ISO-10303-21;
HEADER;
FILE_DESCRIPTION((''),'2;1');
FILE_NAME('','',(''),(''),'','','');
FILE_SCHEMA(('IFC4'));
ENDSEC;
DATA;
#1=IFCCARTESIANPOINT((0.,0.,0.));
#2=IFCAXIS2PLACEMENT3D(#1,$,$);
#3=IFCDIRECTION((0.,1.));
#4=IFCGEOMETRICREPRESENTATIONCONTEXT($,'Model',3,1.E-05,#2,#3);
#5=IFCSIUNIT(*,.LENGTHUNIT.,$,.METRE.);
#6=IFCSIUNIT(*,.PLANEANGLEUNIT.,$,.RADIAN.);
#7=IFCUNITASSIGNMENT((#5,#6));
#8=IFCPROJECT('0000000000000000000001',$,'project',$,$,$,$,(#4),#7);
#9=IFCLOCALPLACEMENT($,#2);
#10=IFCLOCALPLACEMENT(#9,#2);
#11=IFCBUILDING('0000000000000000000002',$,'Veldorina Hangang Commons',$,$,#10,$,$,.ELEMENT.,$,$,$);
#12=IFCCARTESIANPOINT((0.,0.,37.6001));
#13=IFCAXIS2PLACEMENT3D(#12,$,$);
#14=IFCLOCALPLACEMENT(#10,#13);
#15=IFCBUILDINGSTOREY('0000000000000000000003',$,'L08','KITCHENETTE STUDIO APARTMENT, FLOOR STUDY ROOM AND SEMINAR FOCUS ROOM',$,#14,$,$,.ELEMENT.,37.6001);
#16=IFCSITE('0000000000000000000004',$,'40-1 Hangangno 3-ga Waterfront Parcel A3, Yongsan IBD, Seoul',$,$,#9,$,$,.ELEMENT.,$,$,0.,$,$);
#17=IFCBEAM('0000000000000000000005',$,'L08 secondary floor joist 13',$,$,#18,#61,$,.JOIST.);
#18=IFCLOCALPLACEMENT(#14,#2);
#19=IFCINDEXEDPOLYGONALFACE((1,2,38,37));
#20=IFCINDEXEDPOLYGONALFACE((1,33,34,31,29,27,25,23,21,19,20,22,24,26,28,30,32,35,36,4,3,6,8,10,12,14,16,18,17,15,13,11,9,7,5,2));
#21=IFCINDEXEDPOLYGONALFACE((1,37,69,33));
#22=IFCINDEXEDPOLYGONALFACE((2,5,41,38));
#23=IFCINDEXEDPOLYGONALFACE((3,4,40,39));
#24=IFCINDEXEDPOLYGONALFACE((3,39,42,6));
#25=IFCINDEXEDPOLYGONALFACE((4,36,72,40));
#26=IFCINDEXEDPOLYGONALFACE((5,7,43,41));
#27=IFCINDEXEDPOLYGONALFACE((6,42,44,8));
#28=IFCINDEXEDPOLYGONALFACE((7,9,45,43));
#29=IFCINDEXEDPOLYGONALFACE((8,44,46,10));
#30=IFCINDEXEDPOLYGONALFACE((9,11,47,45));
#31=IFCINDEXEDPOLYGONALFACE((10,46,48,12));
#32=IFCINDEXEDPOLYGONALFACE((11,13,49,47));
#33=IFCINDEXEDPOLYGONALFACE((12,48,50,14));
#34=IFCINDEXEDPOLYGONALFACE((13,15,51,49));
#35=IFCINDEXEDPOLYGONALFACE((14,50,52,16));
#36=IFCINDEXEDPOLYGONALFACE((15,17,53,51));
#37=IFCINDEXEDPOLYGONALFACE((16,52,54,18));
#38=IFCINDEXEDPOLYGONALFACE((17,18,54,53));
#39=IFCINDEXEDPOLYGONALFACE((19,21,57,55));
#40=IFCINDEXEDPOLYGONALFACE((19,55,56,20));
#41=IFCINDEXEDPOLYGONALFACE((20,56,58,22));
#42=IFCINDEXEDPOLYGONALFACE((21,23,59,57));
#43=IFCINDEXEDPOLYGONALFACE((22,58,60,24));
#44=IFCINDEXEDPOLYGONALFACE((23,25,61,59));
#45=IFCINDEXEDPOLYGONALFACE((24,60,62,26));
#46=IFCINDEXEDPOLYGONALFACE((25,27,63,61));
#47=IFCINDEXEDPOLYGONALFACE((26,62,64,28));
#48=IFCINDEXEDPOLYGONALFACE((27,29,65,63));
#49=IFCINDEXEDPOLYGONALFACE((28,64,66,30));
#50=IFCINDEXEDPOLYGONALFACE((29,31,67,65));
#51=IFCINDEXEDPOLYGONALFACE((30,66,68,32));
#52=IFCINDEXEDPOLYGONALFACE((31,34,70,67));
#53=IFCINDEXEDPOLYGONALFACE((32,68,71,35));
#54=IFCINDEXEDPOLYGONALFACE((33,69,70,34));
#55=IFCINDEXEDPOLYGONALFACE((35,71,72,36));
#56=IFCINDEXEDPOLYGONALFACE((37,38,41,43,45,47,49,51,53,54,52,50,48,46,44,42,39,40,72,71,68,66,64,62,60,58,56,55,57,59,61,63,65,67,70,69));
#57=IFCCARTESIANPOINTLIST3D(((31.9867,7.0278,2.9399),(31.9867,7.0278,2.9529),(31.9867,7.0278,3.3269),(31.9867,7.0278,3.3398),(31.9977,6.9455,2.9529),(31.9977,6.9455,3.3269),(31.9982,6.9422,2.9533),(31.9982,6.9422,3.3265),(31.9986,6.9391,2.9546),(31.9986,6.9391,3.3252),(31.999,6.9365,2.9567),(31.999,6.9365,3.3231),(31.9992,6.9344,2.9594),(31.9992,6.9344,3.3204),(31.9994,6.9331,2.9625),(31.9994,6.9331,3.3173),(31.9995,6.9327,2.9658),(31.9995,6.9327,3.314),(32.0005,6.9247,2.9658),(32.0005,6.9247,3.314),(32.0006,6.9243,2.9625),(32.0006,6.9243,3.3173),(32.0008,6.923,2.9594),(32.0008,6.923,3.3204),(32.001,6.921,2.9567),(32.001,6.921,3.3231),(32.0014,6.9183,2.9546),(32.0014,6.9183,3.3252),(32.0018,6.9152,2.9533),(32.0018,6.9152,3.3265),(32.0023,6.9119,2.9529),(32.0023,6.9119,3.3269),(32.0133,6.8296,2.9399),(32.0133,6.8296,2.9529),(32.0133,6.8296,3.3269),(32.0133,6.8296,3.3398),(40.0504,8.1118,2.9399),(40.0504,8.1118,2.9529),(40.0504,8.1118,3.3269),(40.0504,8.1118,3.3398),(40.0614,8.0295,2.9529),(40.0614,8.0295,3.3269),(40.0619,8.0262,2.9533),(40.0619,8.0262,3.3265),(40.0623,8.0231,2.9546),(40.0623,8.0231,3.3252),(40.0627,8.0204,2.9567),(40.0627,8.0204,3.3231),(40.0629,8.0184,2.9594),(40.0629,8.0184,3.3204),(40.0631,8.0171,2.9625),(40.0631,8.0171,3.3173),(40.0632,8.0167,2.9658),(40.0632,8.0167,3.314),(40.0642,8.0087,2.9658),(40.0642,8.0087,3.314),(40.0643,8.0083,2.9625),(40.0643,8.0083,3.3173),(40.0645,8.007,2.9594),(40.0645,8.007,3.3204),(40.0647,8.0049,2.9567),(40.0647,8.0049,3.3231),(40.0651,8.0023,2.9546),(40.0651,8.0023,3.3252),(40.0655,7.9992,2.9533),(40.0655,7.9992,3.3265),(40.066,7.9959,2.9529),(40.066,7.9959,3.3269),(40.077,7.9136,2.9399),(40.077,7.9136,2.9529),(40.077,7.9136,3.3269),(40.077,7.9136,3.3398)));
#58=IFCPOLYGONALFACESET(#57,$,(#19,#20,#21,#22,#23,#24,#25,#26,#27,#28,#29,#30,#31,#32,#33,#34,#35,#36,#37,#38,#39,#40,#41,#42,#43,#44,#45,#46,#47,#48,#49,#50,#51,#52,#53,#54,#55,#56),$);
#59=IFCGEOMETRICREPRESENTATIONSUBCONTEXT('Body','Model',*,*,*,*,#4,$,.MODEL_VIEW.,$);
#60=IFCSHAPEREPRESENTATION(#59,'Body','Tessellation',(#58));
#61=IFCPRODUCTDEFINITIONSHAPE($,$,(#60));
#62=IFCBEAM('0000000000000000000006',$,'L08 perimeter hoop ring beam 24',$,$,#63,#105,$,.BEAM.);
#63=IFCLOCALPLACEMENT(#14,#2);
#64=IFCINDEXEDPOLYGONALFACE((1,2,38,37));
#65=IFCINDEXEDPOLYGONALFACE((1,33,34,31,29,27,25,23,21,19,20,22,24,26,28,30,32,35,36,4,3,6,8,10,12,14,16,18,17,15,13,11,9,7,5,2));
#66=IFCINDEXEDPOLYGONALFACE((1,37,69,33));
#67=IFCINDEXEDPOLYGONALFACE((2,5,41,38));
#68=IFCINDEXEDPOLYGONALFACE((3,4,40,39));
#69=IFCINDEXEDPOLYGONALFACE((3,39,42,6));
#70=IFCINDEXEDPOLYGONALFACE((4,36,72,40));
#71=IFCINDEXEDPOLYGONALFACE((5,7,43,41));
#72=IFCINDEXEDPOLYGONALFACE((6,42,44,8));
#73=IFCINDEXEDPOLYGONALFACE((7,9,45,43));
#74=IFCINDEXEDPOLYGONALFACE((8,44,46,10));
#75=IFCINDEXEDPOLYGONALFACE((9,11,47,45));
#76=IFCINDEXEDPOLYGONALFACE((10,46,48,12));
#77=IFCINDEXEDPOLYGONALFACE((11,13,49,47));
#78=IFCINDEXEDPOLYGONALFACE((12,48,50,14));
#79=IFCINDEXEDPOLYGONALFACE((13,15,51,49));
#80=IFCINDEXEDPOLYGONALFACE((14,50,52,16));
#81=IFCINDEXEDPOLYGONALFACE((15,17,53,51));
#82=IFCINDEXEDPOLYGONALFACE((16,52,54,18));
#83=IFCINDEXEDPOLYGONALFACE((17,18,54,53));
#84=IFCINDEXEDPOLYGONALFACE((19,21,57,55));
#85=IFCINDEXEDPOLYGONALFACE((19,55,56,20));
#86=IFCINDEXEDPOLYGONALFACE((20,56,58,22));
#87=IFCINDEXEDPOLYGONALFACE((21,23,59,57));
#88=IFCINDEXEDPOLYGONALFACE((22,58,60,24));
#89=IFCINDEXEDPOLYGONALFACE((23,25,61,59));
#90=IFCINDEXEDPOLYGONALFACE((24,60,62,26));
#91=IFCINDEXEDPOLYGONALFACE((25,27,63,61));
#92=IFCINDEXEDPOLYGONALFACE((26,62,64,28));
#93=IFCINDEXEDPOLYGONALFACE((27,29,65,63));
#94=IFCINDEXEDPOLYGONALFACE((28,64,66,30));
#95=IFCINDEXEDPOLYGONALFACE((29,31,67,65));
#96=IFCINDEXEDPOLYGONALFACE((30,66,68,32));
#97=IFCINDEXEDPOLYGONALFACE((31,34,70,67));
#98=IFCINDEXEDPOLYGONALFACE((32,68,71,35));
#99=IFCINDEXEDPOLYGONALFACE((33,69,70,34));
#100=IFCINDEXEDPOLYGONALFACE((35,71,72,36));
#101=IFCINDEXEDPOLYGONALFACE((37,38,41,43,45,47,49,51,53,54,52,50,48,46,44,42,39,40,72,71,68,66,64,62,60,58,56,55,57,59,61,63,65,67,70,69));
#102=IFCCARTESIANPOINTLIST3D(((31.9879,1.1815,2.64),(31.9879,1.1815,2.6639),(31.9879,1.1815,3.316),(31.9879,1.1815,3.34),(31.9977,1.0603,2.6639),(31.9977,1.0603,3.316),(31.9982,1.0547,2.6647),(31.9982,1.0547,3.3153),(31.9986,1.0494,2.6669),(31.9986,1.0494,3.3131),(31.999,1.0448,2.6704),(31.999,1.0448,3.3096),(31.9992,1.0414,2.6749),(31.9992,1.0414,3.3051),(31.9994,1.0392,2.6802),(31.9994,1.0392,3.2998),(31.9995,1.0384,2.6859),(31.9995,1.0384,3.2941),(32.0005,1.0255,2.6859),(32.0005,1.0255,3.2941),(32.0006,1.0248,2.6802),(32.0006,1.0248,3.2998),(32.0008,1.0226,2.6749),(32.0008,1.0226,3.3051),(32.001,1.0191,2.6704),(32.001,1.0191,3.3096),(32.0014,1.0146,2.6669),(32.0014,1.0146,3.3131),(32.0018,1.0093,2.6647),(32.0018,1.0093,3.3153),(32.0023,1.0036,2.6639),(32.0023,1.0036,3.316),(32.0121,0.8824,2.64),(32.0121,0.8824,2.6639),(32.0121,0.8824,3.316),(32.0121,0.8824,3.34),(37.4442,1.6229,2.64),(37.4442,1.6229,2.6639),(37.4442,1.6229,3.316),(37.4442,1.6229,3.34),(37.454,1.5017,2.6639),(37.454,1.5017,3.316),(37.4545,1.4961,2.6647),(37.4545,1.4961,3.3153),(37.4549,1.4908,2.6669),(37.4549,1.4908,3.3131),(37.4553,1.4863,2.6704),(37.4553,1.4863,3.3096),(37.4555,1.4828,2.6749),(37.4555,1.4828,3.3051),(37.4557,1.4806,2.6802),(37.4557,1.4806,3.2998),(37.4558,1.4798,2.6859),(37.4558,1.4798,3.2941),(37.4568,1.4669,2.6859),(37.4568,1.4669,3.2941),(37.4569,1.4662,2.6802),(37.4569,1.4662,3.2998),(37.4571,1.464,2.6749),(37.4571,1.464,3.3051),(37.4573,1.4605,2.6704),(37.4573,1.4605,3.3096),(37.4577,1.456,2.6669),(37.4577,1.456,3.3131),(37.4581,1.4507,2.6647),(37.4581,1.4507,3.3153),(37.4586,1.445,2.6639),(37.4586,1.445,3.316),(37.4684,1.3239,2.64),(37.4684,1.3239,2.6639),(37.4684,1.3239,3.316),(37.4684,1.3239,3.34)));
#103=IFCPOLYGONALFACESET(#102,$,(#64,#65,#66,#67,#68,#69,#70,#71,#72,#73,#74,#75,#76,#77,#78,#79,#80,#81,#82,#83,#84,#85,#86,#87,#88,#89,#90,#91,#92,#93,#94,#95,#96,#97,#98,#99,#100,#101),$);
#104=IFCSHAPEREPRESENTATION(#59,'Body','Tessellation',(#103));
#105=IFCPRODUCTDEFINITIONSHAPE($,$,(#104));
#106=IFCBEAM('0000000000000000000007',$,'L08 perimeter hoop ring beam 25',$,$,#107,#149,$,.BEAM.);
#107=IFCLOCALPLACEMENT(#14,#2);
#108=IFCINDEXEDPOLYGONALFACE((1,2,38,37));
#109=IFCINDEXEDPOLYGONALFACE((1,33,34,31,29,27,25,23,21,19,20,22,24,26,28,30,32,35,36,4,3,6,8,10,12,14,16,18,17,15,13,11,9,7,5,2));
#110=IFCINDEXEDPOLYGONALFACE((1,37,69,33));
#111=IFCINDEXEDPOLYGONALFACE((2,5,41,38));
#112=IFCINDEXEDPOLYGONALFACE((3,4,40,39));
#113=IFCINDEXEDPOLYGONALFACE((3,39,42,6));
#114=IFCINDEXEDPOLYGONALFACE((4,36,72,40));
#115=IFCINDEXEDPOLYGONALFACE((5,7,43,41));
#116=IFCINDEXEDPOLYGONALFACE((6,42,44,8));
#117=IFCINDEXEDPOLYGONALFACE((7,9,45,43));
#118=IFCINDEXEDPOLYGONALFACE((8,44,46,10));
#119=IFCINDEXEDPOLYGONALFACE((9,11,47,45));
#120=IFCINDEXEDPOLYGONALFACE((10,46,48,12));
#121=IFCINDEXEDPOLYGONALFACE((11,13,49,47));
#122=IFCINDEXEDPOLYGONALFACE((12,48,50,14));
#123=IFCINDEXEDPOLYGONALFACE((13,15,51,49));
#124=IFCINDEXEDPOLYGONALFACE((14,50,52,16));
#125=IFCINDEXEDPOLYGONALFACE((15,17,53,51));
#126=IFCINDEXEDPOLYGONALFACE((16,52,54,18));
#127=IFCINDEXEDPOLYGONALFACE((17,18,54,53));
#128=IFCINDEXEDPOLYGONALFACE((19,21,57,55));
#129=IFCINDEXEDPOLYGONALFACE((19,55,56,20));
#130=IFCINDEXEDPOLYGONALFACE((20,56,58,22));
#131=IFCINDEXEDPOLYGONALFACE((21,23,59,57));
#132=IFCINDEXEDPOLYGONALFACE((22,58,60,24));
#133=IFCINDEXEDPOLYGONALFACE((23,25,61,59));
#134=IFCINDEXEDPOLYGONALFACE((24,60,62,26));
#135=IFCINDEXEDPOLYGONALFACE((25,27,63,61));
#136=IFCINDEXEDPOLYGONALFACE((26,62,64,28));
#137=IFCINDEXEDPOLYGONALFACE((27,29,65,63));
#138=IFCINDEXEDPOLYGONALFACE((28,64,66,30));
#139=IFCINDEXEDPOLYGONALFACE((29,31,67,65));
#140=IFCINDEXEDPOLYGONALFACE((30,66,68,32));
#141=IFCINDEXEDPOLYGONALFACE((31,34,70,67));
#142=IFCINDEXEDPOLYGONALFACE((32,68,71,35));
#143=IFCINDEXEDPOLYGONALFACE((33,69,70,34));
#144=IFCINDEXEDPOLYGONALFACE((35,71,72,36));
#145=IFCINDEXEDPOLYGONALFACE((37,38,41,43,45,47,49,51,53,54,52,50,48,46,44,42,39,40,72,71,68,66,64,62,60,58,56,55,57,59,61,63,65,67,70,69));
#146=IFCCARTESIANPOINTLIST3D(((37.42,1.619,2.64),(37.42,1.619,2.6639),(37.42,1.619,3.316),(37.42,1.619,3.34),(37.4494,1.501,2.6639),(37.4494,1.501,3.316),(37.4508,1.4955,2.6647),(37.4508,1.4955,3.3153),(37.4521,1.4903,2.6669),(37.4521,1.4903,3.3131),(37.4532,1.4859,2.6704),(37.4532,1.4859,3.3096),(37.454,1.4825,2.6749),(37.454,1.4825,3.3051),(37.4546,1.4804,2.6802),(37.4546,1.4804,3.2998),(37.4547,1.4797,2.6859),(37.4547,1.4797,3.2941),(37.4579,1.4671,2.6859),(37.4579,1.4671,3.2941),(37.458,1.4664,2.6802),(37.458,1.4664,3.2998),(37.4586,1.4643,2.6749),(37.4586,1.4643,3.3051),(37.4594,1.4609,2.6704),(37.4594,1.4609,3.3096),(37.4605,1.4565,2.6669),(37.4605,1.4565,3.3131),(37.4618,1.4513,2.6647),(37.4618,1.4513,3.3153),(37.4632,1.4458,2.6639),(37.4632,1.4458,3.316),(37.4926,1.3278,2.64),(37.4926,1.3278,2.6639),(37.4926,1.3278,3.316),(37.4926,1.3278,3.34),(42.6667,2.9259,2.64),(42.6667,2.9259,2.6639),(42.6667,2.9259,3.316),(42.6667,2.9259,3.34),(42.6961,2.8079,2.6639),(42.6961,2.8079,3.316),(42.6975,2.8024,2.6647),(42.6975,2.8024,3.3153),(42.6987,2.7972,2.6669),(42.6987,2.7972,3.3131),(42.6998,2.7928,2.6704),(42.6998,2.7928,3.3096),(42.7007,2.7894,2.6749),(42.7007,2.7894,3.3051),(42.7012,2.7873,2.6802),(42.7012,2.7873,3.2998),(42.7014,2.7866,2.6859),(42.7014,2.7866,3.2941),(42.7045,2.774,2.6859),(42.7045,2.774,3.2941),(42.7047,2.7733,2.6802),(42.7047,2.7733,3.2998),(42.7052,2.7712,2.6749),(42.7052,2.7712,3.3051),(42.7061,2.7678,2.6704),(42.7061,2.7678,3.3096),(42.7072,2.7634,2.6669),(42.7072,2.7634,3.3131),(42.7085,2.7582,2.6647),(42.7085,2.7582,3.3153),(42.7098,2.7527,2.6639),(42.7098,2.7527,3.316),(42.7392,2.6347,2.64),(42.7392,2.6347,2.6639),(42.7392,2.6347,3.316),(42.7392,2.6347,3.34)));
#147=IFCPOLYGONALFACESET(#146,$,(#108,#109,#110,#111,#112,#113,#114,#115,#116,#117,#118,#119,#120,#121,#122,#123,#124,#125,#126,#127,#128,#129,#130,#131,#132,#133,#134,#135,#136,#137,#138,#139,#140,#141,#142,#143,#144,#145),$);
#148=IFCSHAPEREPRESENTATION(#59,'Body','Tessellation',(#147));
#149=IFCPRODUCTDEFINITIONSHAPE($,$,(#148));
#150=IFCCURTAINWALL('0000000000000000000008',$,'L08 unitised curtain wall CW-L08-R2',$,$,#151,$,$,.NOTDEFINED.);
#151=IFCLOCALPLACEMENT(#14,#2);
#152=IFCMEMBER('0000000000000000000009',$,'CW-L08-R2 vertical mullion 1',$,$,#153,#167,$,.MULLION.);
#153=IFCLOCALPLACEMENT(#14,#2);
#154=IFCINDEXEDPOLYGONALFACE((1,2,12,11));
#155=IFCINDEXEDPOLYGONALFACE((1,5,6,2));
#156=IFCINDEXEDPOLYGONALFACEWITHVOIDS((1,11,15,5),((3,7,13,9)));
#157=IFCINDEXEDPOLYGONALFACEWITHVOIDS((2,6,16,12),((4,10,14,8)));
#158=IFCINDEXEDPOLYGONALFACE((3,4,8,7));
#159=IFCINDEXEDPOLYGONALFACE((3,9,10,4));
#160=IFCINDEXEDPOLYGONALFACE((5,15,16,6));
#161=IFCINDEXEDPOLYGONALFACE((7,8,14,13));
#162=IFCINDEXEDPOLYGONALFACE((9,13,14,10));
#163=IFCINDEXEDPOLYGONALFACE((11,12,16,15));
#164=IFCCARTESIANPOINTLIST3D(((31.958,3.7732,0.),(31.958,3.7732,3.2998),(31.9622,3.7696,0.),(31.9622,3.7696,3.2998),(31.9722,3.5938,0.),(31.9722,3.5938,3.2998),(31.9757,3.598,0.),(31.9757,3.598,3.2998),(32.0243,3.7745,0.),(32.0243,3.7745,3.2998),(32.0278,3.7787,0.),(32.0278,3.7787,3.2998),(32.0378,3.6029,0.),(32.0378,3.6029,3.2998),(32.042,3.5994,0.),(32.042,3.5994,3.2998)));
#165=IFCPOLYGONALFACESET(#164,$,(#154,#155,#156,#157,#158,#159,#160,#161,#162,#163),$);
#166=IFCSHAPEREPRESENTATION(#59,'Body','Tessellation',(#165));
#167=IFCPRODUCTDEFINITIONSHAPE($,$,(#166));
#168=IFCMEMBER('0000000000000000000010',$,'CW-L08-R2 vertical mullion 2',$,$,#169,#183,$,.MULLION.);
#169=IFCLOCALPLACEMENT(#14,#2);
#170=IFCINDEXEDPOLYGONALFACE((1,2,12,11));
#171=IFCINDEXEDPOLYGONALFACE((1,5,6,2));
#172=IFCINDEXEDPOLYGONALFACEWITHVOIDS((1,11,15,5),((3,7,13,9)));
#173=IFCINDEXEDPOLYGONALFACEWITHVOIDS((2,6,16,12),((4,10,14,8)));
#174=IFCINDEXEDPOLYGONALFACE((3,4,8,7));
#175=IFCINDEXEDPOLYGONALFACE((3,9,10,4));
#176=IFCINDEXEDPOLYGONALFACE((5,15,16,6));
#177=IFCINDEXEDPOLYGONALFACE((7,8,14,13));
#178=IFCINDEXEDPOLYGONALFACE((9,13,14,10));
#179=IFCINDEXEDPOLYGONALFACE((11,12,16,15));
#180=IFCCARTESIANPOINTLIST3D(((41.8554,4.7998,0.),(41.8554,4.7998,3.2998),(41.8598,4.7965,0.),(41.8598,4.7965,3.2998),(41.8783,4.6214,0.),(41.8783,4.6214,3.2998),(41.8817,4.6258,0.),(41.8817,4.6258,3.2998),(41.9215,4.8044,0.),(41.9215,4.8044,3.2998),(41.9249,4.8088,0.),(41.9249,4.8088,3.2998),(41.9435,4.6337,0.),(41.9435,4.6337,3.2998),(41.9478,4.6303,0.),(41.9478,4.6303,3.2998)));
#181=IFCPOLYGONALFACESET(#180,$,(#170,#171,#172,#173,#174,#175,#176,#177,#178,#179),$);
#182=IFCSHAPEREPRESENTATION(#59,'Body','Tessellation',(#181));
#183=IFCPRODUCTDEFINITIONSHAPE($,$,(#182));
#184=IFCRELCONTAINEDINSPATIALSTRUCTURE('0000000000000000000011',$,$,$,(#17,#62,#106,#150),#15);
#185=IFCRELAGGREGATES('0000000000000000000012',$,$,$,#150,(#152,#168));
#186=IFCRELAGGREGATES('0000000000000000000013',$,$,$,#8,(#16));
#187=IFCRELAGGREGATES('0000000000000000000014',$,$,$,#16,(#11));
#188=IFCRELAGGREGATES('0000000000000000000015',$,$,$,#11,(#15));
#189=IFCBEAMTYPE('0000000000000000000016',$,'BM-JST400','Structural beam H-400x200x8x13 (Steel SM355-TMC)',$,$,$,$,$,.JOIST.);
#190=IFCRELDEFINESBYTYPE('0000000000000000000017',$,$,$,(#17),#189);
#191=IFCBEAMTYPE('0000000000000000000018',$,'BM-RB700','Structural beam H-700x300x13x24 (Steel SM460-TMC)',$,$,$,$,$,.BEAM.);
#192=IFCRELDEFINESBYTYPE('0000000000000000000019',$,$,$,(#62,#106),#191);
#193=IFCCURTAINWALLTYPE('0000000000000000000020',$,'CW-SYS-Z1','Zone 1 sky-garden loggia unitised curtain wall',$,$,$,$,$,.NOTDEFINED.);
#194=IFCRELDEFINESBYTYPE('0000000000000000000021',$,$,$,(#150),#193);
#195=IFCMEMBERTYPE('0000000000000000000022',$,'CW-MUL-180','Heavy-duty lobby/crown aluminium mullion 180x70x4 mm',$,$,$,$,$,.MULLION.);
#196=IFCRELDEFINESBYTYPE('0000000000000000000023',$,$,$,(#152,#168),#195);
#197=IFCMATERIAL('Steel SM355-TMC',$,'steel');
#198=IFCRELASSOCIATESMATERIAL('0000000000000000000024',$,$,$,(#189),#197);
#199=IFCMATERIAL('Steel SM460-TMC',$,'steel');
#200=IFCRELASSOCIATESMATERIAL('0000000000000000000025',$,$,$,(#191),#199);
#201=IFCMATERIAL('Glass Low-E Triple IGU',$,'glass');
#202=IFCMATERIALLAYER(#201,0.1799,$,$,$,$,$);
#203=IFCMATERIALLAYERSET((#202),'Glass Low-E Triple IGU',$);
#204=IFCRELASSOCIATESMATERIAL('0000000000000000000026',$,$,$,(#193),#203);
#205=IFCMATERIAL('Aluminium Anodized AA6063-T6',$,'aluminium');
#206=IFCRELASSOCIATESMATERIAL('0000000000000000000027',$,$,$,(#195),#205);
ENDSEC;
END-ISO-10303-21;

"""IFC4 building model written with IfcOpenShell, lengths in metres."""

from ifc_helpers import new_model, si_unit, direction, frame, origin, origin_2d, place, context, subcontext, project, spatial, hollow_rectangle, i_section, extrude, material, layer, layer_set, material_profile, profile_set, type_object, element, aggregate, save


model = new_model("IFC4")

# Units and contexts
model_context = context("Model", 3, precision=1e-05, world=origin(), true_north=direction((0.0, 1.0)))
body_context = subcontext(model_context, "Body", "Model", "MODEL_VIEW")
ifc_project = project(units=[si_unit("LENGTHUNIT", "METRE"), si_unit("PLANEANGLEUNIT", "RADIAN")], contexts=[model_context])

# Site, building, storey
site_placement = place(None, origin())
site = spatial("IfcSite", under=ifc_project, at=site_placement, Name="40-1 Hangangno 3-ga Waterfront Parcel A3, Yongsan IBD, Seoul", CompositionType="ELEMENT", RefElevation=0.0)
building_placement = place(site_placement, origin())
building = spatial("IfcBuilding", under=site, at=building_placement, Name="Veldorina Hangang Commons", CompositionType="ELEMENT")
storey_placement = place(building_placement, frame((0.0, 0.0, 37.6001)))
storey = spatial("IfcBuildingStorey", under=building, at=storey_placement, Name="L08", Description="KITCHENETTE STUDIO APARTMENT, FLOOR STUDY ROOM AND SEMINAR FOCUS ROOM", CompositionType="ELEMENT", Elevation=37.6001)

# Beams
ifc_material_1 = material(Name="Steel SM355-TMC", Category="steel")
ifc_material_profile_1 = material_profile(ifc_material_1, i_section(OverallWidth=0.2, OverallDepth=0.3999, WebThickness=0.0081, FlangeThickness=0.0129, FilletRadius=0.0129, at=origin_2d()), Name="H-400x200x8x13")
ifc_profile_set_1 = profile_set([ifc_material_profile_1], Name="Steel SM355-TMC")
beam_type_1 = type_object("IfcBeamType", Name="BM-JST400", Description="Structural beam H-400x200x8x13 (Steel SM355-TMC)", PredefinedType="JOIST", material=ifc_profile_set_1)
beam_1_placement = place(storey_placement, frame((32.0, 6.9287, 3.1399), z_axis=(0.991085, 0.133229, 0.0), x_axis=(-0.133229, 0.991085, 0.0)))
element("IfcBeam", 1, at=beam_1_placement, inside=storey, type_object=beam_type_1, Name="L08 secondary floor joist 13", PredefinedType="JOIST", context=body_context, shape_type="SweptSolid", body=[
    extrude(i_section(OverallWidth=0.2, OverallDepth=0.3999, WebThickness=0.0081, FlangeThickness=0.0129, FilletRadius=0.0129, at=origin_2d()), origin(), (0.0, 0.0, 1.0), 8.1362),
])
ifc_material_2 = material(Name="Steel SM460-TMC", Category="steel")
ifc_material_profile_2 = material_profile(ifc_material_2, i_section(OverallWidth=0.3, OverallDepth=0.7, WebThickness=0.0129, FlangeThickness=0.0239, FilletRadius=0.022, at=origin_2d()), Name="H-700x300x13x24")
ifc_profile_set_2 = profile_set([ifc_material_profile_2], Name="Steel SM460-TMC")
beam_type_2 = type_object("IfcBeamType", Name="BM-RB700", Description="Structural beam H-700x300x13x24 (Steel SM460-TMC)", PredefinedType="BEAM", material=ifc_profile_set_2)
beam_2_placement = place(storey_placement, frame((32.0, 1.032, 2.99), z_axis=(0.996744, 0.080635, 0.0), x_axis=(-0.080635, 0.996744, 0.0)))
element("IfcBeam", 2, at=beam_2_placement, inside=storey, type_object=beam_type_2, Name="L08 perimeter hoop ring beam 24", PredefinedType="BEAM", context=body_context, shape_type="SweptSolid", body=[
    extrude(i_section(OverallWidth=0.3, OverallDepth=0.7, WebThickness=0.0129, FlangeThickness=0.0239, FilletRadius=0.022, at=origin_2d()), origin(), (0.0, 0.0, 1.0), 5.4741),
])
beam_3_placement = place(storey_placement, frame((37.4563, 1.4734, 2.99), z_axis=(0.970349, 0.241707, 0.0), x_axis=(-0.241707, 0.970349, 0.0)))
element("IfcBeam", 3, at=beam_3_placement, inside=storey, type_object=beam_type_2, Name="L08 perimeter hoop ring beam 25", PredefinedType="BEAM", context=body_context, shape_type="SweptSolid", body=[
    extrude(i_section(OverallWidth=0.3, OverallDepth=0.7, WebThickness=0.0129, FlangeThickness=0.0239, FilletRadius=0.022, at=origin_2d()), origin(), (0.0, 0.0, 1.0), 5.407),
])

# Curtain wall, members
ifc_material_3 = material(Name="Glass Low-E Triple IGU", Category="glass")
ifc_layer_1 = layer(ifc_material_3, 0.1799)
ifc_layer_set_1 = layer_set([ifc_layer_1], Name="Glass Low-E Triple IGU")
curtain_wall_type = type_object("IfcCurtainWallType", Name="CW-SYS-Z1", Description="Zone 1 sky-garden loggia unitised curtain wall", PredefinedType="NOTDEFINED", material=ifc_layer_set_1)
curtain_wall_placement = place(storey_placement, origin())
curtain_wall = element("IfcCurtainWall", 4, at=curtain_wall_placement, inside=storey, type_object=curtain_wall_type, Name="L08 unitised curtain wall CW-L08-R2", PredefinedType="NOTDEFINED")
ifc_material_4 = material(Name="Aluminium Anodized AA6063-T6", Category="aluminium")
ifc_material_profile_3 = material_profile(ifc_material_4, hollow_rectangle(XDim=0.0701, YDim=0.1799, WallThickness=0.0039, at=origin_2d()), Name="ALU-RHS-180x70x4")
ifc_profile_set_3 = profile_set([ifc_material_profile_3], Name="Aluminium Anodized AA6063-T6")
member_type_1 = type_object("IfcMemberType", Name="CW-MUL-180", Description="Heavy-duty lobby/crown aluminium mullion 180x70x4 mm", PredefinedType="MULLION", material=ifc_profile_set_3)
member_1_placement = place(storey_placement, frame((32.0, 3.6863, 0.0), z_axis=(0.0, 0.0, 1.0), x_axis=(0.996891, 0.07879, 0.0)))
member_1 = element("IfcMember", 5, at=member_1_placement, type_object=member_type_1, Name="CW-L08-R2 vertical mullion 1", PredefinedType="MULLION", context=body_context, shape_type="SweptSolid", body=[
    extrude(hollow_rectangle(XDim=0.0701, YDim=0.1799, WallThickness=0.0039, at=origin_2d()), origin(), (0.0, 0.0, 1.0), 3.2998),
])
member_2_placement = place(storey_placement, frame((41.9016, 4.7151, 0.0), z_axis=(0.0, 0.0, 1.0), x_axis=(-0.991823, -0.127619, 0.0)))
member_2 = element("IfcMember", 6, at=member_2_placement, type_object=member_type_1, Name="CW-L08-R2 vertical mullion 2", PredefinedType="MULLION", context=body_context, shape_type="SweptSolid", body=[
    extrude(hollow_rectangle(XDim=0.0701, YDim=0.1799, WallThickness=0.0039, at=origin_2d()), origin(), (0.0, 0.0, 1.0), 3.2998),
])

aggregate(curtain_wall, [member_1, member_2])

save(model, "model.ifc")
